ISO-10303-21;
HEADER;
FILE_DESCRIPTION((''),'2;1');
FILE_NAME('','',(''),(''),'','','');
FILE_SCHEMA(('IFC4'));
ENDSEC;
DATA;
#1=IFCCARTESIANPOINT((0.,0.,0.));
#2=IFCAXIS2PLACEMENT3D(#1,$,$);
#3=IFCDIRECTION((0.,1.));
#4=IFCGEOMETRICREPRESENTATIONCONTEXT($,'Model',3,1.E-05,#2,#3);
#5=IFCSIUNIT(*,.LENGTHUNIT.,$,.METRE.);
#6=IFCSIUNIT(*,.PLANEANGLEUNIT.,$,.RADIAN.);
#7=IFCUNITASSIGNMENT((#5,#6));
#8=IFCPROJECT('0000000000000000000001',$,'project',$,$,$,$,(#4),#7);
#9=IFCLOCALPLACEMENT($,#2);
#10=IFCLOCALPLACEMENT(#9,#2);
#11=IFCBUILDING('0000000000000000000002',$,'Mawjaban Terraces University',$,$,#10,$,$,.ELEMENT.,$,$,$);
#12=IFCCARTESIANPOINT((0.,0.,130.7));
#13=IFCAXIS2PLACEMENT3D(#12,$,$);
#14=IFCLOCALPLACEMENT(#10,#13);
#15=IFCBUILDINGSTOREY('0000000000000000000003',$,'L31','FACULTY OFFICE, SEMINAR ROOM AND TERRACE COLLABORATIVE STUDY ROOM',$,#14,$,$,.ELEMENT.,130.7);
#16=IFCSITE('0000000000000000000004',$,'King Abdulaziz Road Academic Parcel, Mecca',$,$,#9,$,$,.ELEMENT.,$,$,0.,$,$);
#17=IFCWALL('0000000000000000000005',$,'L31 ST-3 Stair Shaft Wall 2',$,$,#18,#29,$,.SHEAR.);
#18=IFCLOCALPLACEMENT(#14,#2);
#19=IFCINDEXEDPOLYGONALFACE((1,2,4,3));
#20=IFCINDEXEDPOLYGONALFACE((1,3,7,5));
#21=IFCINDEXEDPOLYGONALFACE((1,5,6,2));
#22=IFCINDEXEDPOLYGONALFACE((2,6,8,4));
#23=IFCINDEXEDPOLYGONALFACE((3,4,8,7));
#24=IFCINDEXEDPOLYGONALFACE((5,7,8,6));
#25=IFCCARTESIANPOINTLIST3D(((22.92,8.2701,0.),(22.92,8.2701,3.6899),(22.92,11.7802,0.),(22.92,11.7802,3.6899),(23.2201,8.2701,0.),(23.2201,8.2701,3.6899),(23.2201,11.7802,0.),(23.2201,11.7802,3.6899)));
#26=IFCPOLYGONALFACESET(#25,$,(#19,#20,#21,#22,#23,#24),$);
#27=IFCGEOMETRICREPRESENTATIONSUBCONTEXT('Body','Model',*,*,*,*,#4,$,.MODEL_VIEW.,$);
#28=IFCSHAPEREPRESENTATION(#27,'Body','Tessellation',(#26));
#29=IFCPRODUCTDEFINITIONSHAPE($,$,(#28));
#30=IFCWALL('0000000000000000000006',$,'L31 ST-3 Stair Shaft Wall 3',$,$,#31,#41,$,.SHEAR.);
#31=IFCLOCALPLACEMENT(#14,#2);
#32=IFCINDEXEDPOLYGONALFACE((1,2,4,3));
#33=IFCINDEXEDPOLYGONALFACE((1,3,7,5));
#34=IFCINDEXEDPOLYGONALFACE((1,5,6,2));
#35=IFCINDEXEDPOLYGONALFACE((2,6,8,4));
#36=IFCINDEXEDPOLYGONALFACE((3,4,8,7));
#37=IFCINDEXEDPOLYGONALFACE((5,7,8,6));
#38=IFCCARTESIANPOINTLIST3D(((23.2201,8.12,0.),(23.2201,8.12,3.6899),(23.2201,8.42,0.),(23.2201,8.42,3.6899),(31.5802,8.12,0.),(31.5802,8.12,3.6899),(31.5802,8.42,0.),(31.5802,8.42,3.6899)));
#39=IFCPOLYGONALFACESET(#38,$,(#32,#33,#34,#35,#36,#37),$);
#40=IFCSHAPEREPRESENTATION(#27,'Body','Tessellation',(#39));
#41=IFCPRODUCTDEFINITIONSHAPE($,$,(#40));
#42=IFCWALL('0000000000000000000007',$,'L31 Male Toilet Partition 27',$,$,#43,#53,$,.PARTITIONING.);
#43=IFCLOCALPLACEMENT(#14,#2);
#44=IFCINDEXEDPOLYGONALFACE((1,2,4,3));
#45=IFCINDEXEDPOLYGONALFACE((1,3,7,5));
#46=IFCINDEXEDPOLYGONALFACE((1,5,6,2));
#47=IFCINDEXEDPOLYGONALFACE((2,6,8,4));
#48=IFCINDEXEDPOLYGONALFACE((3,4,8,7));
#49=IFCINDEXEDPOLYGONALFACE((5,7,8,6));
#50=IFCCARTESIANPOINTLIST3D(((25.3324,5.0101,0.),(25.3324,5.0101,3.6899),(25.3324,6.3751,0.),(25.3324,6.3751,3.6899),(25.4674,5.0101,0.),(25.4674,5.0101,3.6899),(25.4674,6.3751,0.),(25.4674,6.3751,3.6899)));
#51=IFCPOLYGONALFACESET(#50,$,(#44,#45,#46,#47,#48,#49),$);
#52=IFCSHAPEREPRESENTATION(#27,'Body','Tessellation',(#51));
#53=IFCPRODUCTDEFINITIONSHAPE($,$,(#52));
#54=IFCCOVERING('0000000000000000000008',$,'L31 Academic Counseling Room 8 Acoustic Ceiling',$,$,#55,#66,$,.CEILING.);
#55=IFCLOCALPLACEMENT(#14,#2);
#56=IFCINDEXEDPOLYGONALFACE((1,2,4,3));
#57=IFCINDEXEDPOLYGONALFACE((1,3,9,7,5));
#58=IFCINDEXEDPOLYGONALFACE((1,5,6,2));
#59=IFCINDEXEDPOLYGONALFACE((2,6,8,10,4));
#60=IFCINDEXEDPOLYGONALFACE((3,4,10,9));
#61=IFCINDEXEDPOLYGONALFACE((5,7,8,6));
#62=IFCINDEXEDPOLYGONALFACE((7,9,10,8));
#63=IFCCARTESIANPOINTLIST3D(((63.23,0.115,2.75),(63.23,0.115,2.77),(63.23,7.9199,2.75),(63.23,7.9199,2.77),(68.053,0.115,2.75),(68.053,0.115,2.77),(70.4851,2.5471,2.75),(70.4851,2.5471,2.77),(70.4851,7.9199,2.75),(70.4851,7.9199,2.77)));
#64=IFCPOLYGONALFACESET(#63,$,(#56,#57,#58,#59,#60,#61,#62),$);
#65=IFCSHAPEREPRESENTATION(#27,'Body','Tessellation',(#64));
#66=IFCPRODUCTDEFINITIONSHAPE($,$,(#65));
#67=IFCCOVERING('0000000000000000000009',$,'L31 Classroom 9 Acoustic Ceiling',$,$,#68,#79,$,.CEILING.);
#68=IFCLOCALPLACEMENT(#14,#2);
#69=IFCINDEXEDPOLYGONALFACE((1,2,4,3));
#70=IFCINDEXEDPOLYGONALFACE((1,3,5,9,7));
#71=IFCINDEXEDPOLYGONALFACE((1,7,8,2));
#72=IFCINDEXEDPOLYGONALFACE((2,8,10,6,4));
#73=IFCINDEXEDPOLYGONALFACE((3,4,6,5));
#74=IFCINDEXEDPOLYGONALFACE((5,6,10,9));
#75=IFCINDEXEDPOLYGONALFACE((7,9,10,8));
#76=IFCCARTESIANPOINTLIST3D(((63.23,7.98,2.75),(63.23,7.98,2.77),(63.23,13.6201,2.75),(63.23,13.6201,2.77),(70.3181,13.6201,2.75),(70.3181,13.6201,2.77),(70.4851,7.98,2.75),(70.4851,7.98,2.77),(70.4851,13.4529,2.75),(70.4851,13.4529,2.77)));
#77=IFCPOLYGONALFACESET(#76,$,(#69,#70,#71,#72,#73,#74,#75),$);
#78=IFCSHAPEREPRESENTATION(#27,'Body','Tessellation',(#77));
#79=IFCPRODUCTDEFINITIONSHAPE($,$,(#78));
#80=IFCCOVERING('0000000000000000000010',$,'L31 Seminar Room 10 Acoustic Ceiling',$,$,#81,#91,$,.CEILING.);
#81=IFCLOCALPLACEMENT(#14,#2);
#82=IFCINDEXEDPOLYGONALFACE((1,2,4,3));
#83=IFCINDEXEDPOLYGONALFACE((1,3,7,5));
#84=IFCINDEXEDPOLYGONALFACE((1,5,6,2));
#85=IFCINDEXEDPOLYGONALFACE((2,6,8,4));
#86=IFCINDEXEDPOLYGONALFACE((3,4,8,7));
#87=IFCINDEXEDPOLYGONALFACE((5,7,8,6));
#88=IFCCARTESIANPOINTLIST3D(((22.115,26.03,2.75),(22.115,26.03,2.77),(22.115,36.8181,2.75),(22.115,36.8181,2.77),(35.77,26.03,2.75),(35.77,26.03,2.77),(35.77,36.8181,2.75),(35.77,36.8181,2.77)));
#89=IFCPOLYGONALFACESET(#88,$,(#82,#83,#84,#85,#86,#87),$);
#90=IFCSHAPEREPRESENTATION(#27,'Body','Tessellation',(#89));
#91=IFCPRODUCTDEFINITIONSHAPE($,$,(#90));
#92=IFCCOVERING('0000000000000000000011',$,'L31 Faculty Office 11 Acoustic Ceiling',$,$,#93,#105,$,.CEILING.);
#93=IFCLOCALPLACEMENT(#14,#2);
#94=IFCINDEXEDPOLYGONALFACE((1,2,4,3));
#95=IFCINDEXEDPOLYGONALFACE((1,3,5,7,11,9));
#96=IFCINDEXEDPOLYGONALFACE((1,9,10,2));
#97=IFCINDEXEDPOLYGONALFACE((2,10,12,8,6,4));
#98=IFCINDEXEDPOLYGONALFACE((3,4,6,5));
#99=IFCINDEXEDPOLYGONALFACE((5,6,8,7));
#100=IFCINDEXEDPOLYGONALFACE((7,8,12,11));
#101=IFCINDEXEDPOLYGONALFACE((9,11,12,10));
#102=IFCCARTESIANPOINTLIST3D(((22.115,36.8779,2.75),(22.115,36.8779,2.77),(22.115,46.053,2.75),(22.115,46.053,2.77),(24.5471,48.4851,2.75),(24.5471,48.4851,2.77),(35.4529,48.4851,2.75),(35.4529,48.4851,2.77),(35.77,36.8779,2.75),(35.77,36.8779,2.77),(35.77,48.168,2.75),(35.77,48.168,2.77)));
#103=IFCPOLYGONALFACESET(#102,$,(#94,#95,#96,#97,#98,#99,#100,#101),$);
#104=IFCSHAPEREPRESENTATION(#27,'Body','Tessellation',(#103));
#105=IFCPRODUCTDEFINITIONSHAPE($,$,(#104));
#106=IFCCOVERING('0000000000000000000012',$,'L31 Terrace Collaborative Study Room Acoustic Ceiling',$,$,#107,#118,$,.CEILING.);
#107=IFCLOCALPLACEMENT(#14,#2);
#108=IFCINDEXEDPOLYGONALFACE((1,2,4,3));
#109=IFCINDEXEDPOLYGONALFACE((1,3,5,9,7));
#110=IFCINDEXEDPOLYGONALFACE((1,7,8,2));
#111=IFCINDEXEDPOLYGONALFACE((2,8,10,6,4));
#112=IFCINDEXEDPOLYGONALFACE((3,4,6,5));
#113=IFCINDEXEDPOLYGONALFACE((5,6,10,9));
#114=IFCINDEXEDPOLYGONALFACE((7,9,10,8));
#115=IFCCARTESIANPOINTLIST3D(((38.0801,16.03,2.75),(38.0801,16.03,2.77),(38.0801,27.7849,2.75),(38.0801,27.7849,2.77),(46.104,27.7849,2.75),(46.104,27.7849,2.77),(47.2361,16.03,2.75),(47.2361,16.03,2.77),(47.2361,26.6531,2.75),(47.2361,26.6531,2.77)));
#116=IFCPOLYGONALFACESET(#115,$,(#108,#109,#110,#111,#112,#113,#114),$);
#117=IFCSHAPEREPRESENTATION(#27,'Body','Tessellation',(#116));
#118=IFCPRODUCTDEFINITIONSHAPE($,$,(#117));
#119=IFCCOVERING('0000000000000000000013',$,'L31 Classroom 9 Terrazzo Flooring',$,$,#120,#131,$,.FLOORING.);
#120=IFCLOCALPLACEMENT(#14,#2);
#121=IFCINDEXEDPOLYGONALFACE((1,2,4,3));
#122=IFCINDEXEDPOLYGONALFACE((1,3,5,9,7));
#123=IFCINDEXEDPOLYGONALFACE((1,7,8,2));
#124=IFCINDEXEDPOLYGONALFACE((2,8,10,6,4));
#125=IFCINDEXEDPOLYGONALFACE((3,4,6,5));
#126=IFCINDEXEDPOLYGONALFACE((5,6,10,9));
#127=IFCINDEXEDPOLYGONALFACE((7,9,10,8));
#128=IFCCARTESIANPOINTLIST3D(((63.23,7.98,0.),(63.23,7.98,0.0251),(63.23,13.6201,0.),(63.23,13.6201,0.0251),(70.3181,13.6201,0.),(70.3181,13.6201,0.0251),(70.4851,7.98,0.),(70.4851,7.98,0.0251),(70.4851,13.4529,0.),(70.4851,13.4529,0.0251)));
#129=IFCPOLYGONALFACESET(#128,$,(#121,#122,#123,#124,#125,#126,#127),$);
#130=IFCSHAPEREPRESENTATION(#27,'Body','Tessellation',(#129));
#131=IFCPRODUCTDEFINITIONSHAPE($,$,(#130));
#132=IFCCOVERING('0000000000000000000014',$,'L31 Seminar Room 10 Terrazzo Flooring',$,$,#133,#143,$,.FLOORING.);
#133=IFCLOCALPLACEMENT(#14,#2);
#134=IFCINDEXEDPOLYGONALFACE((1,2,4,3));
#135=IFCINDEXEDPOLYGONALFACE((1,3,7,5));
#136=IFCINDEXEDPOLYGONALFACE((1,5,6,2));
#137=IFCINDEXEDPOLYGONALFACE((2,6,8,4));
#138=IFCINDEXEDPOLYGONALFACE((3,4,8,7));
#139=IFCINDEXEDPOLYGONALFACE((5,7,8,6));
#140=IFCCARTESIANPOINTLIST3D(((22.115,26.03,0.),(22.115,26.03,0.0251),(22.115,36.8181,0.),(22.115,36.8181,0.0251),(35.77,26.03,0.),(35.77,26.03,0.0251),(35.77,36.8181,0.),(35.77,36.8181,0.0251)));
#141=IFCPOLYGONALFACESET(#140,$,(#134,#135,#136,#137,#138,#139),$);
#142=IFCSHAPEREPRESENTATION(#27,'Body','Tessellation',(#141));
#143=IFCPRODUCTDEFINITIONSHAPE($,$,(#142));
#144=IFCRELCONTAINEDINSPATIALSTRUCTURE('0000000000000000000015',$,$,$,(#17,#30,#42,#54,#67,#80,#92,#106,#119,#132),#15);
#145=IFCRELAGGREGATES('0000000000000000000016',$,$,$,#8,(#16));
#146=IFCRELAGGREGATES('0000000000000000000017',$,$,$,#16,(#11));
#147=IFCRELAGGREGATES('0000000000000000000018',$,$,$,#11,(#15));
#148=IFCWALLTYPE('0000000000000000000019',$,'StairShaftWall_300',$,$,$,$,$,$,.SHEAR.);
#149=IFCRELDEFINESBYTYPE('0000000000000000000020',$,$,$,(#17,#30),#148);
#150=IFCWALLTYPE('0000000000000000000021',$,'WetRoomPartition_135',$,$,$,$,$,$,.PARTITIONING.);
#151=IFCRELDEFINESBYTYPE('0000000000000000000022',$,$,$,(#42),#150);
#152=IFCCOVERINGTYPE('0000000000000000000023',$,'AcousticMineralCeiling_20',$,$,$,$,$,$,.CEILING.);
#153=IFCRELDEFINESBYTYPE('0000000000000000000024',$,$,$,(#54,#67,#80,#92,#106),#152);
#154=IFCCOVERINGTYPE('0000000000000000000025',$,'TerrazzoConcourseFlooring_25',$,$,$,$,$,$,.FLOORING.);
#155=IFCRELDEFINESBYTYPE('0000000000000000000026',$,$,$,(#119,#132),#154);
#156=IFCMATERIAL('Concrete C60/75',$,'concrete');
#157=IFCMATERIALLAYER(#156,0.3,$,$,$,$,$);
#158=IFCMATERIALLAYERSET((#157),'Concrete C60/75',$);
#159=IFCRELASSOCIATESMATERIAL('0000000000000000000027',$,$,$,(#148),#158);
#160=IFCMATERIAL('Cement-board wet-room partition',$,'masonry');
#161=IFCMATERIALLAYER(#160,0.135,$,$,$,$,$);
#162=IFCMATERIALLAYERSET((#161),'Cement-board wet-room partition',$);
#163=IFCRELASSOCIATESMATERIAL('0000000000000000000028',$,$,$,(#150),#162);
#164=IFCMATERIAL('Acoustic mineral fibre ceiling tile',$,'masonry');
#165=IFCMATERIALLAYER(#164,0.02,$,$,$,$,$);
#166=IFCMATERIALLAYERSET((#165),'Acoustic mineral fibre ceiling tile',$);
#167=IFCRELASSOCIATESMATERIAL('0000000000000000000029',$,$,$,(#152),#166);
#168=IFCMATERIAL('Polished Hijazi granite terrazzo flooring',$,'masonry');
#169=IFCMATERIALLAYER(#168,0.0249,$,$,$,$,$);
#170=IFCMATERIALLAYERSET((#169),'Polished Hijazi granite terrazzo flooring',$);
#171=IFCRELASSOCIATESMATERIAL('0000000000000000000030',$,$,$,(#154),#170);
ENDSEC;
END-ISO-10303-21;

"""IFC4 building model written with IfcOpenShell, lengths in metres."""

from ifc_helpers import new_model, si_unit, direction, frame, frame_2d, origin, place, context, subcontext, project, spatial, polyline, rectangle, outline, extrude, material, layer, layer_set, type_object, element, save


model = new_model("IFC4")

# Units and contexts
model_context = context("Model", 3, precision=1e-05, world=origin(), true_north=direction((0.0, 1.0)))
body_context = subcontext(model_context, "Body", "Model", "MODEL_VIEW")
ifc_project = project(units=[si_unit("LENGTHUNIT", "METRE"), si_unit("PLANEANGLEUNIT", "RADIAN")], contexts=[model_context])

# Site, building, storey
site_placement = place(None, origin())
site = spatial("IfcSite", under=ifc_project, at=site_placement, Name="King Abdulaziz Road Academic Parcel, Mecca", CompositionType="ELEMENT", RefElevation=0.0)
building_placement = place(site_placement, origin())
building = spatial("IfcBuilding", under=site, at=building_placement, Name="Mawjaban Terraces University", CompositionType="ELEMENT")
storey_placement = place(building_placement, frame((0.0, 0.0, 130.7)))
storey = spatial("IfcBuildingStorey", under=building, at=storey_placement, Name="L31", Description="FACULTY OFFICE, SEMINAR ROOM AND TERRACE COLLABORATIVE STUDY ROOM", CompositionType="ELEMENT", Elevation=130.7)

# Shared definitions
ifc_material_1 = material(Name="Concrete C60/75", Category="concrete")

# Walls
ifc_layer_1 = layer(ifc_material_1, 0.3)
ifc_layer_set_1 = layer_set([ifc_layer_1], Name="Concrete C60/75")
wall_type_1 = type_object("IfcWallType", Name="StairShaftWall_300", PredefinedType="SHEAR", material=ifc_layer_set_1)
wall_1_placement = place(storey_placement, frame((23.0701, 11.78, 0.0), z_axis=(0.0, 0.0, 1.0), x_axis=(0.0, -1.0, 0.0)))
element("IfcWall", 1, at=wall_1_placement, inside=storey, type_object=wall_type_1, Name="L31 ST-3 Stair Shaft Wall 2", PredefinedType="SHEAR", context=body_context, shape_type="SweptSolid", body=[
    extrude(rectangle(XDim=3.51, YDim=0.3, at=frame_2d((1.7549, 0.0))), origin(), (0.0, 0.0, 1.0), 3.6899),
])
wall_2_placement = place(storey_placement, frame((23.22, 8.27, 0.0), z_axis=(0.0, 0.0, 1.0), x_axis=(1.0, 0.0, 0.0)))
element("IfcWall", 2, at=wall_2_placement, inside=storey, type_object=wall_type_1, Name="L31 ST-3 Stair Shaft Wall 3", PredefinedType="SHEAR", context=body_context, shape_type="SweptSolid", body=[
    extrude(rectangle(XDim=8.3601, YDim=0.3, at=frame_2d((4.1802, 0.0))), origin(), (0.0, 0.0, 1.0), 3.6899),
])
ifc_material_2 = material(Name="Cement-board wet-room partition", Category="masonry")
ifc_layer_2 = layer(ifc_material_2, 0.135)
ifc_layer_set_2 = layer_set([ifc_layer_2], Name="Cement-board wet-room partition")
wall_type_2 = type_object("IfcWallType", Name="WetRoomPartition_135", PredefinedType="PARTITIONING", material=ifc_layer_set_2)
wall_3_placement = place(storey_placement, frame((25.3999, 5.01, 0.0), z_axis=(0.0, 0.0, 1.0), x_axis=(0.0, 1.0, 0.0)))
element("IfcWall", 3, at=wall_3_placement, inside=storey, type_object=wall_type_2, Name="L31 Male Toilet Partition 27", PredefinedType="PARTITIONING", context=body_context, shape_type="SweptSolid", body=[
    extrude(rectangle(XDim=1.365, YDim=0.135, at=frame_2d((0.6826, 0.0))), origin(), (0.0, 0.0, 1.0), 3.6899),
])

# Coverings
ifc_material_3 = material(Name="Acoustic mineral fibre ceiling tile", Category="masonry")
ifc_layer_3 = layer(ifc_material_3, 0.02)
ifc_layer_set_3 = layer_set([ifc_layer_3], Name="Acoustic mineral fibre ceiling tile")
covering_type_1 = type_object("IfcCoveringType", Name="AcousticMineralCeiling_20", PredefinedType="CEILING", material=ifc_layer_set_3)
covering_1_placement = place(storey_placement, frame((0.0, 0.0, 2.75)))
element("IfcCovering", 4, at=covering_1_placement, inside=storey, type_object=covering_type_1, Name="L31 Academic Counseling Room 8 Acoustic Ceiling", PredefinedType="CEILING", context=body_context, shape_type="SweptSolid", body=[
    extrude(outline(polyline([(63.23, 0.115), (68.053, 0.115), (70.4851, 2.5471), (70.4851, 7.9199), (63.23, 7.9199), (63.23, 0.115)])), origin(), (0.0, 0.0, 1.0), 0.02),
])
covering_2_placement = place(storey_placement, frame((0.0, 0.0, 2.75)))
element("IfcCovering", 5, at=covering_2_placement, inside=storey, type_object=covering_type_1, Name="L31 Classroom 9 Acoustic Ceiling", PredefinedType="CEILING", context=body_context, shape_type="SweptSolid", body=[
    extrude(outline(polyline([(70.4851, 7.98), (70.4851, 13.4529), (70.3181, 13.6201), (63.23, 13.6201), (63.23, 7.98), (70.4851, 7.98)])), origin(), (0.0, 0.0, 1.0), 0.02),
])
covering_3_placement = place(storey_placement, frame((0.0, 0.0, 2.75)))
element("IfcCovering", 6, at=covering_3_placement, inside=storey, type_object=covering_type_1, Name="L31 Seminar Room 10 Acoustic Ceiling", PredefinedType="CEILING", context=body_context, shape_type="SweptSolid", body=[
    extrude(outline(polyline([(22.115, 36.8181), (22.115, 26.03), (35.77, 26.03), (35.77, 36.8181), (22.115, 36.8181)])), origin(), (0.0, 0.0, 1.0), 0.02),
])
covering_4_placement = place(storey_placement, frame((0.0, 0.0, 2.75)))
element("IfcCovering", 7, at=covering_4_placement, inside=storey, type_object=covering_type_1, Name="L31 Faculty Office 11 Acoustic Ceiling", PredefinedType="CEILING", context=body_context, shape_type="SweptSolid", body=[
    extrude(outline(polyline([(35.77, 48.168), (35.4529, 48.4851), (24.5471, 48.4851), (22.115, 46.053), (22.115, 36.8779), (35.77, 36.8779), (35.77, 48.168)])), origin(), (0.0, 0.0, 1.0), 0.02),
])
covering_5_placement = place(storey_placement, frame((0.0, 0.0, 2.75)))
element("IfcCovering", 8, at=covering_5_placement, inside=storey, type_object=covering_type_1, Name="L31 Terrace Collaborative Study Room Acoustic Ceiling", PredefinedType="CEILING", context=body_context, shape_type="SweptSolid", body=[
    extrude(outline(polyline([(47.2361, 16.03), (47.2361, 26.6531), (46.104, 27.7849), (38.0801, 27.7849), (38.0801, 16.03), (47.2361, 16.03)])), origin(), (0.0, 0.0, 1.0), 0.02),
])
ifc_material_4 = material(Name="Polished Hijazi granite terrazzo flooring", Category="masonry")
ifc_layer_4 = layer(ifc_material_4, 0.0249)
ifc_layer_set_4 = layer_set([ifc_layer_4], Name="Polished Hijazi granite terrazzo flooring")
covering_type_2 = type_object("IfcCoveringType", Name="TerrazzoConcourseFlooring_25", PredefinedType="FLOORING", material=ifc_layer_set_4)
covering_6_placement = place(storey_placement, origin())
element("IfcCovering", 9, at=covering_6_placement, inside=storey, type_object=covering_type_2, Name="L31 Classroom 9 Terrazzo Flooring", PredefinedType="FLOORING", context=body_context, shape_type="SweptSolid", body=[
    extrude(outline(polyline([(70.4851, 7.98), (70.4851, 13.4529), (70.3181, 13.6201), (63.23, 13.6201), (63.23, 7.98), (70.4851, 7.98)])), origin(), (0.0, 0.0, 1.0), 0.0251),
])
covering_7_placement = place(storey_placement, origin())
element("IfcCovering", 10, at=covering_7_placement, inside=storey, type_object=covering_type_2, Name="L31 Seminar Room 10 Terrazzo Flooring", PredefinedType="FLOORING", context=body_context, shape_type="SweptSolid", body=[
    extrude(outline(polyline([(22.115, 36.8181), (22.115, 26.03), (35.77, 26.03), (35.77, 36.8181), (22.115, 36.8181)])), origin(), (0.0, 0.0, 1.0), 0.0251),
])

save(model, "model.ifc")
